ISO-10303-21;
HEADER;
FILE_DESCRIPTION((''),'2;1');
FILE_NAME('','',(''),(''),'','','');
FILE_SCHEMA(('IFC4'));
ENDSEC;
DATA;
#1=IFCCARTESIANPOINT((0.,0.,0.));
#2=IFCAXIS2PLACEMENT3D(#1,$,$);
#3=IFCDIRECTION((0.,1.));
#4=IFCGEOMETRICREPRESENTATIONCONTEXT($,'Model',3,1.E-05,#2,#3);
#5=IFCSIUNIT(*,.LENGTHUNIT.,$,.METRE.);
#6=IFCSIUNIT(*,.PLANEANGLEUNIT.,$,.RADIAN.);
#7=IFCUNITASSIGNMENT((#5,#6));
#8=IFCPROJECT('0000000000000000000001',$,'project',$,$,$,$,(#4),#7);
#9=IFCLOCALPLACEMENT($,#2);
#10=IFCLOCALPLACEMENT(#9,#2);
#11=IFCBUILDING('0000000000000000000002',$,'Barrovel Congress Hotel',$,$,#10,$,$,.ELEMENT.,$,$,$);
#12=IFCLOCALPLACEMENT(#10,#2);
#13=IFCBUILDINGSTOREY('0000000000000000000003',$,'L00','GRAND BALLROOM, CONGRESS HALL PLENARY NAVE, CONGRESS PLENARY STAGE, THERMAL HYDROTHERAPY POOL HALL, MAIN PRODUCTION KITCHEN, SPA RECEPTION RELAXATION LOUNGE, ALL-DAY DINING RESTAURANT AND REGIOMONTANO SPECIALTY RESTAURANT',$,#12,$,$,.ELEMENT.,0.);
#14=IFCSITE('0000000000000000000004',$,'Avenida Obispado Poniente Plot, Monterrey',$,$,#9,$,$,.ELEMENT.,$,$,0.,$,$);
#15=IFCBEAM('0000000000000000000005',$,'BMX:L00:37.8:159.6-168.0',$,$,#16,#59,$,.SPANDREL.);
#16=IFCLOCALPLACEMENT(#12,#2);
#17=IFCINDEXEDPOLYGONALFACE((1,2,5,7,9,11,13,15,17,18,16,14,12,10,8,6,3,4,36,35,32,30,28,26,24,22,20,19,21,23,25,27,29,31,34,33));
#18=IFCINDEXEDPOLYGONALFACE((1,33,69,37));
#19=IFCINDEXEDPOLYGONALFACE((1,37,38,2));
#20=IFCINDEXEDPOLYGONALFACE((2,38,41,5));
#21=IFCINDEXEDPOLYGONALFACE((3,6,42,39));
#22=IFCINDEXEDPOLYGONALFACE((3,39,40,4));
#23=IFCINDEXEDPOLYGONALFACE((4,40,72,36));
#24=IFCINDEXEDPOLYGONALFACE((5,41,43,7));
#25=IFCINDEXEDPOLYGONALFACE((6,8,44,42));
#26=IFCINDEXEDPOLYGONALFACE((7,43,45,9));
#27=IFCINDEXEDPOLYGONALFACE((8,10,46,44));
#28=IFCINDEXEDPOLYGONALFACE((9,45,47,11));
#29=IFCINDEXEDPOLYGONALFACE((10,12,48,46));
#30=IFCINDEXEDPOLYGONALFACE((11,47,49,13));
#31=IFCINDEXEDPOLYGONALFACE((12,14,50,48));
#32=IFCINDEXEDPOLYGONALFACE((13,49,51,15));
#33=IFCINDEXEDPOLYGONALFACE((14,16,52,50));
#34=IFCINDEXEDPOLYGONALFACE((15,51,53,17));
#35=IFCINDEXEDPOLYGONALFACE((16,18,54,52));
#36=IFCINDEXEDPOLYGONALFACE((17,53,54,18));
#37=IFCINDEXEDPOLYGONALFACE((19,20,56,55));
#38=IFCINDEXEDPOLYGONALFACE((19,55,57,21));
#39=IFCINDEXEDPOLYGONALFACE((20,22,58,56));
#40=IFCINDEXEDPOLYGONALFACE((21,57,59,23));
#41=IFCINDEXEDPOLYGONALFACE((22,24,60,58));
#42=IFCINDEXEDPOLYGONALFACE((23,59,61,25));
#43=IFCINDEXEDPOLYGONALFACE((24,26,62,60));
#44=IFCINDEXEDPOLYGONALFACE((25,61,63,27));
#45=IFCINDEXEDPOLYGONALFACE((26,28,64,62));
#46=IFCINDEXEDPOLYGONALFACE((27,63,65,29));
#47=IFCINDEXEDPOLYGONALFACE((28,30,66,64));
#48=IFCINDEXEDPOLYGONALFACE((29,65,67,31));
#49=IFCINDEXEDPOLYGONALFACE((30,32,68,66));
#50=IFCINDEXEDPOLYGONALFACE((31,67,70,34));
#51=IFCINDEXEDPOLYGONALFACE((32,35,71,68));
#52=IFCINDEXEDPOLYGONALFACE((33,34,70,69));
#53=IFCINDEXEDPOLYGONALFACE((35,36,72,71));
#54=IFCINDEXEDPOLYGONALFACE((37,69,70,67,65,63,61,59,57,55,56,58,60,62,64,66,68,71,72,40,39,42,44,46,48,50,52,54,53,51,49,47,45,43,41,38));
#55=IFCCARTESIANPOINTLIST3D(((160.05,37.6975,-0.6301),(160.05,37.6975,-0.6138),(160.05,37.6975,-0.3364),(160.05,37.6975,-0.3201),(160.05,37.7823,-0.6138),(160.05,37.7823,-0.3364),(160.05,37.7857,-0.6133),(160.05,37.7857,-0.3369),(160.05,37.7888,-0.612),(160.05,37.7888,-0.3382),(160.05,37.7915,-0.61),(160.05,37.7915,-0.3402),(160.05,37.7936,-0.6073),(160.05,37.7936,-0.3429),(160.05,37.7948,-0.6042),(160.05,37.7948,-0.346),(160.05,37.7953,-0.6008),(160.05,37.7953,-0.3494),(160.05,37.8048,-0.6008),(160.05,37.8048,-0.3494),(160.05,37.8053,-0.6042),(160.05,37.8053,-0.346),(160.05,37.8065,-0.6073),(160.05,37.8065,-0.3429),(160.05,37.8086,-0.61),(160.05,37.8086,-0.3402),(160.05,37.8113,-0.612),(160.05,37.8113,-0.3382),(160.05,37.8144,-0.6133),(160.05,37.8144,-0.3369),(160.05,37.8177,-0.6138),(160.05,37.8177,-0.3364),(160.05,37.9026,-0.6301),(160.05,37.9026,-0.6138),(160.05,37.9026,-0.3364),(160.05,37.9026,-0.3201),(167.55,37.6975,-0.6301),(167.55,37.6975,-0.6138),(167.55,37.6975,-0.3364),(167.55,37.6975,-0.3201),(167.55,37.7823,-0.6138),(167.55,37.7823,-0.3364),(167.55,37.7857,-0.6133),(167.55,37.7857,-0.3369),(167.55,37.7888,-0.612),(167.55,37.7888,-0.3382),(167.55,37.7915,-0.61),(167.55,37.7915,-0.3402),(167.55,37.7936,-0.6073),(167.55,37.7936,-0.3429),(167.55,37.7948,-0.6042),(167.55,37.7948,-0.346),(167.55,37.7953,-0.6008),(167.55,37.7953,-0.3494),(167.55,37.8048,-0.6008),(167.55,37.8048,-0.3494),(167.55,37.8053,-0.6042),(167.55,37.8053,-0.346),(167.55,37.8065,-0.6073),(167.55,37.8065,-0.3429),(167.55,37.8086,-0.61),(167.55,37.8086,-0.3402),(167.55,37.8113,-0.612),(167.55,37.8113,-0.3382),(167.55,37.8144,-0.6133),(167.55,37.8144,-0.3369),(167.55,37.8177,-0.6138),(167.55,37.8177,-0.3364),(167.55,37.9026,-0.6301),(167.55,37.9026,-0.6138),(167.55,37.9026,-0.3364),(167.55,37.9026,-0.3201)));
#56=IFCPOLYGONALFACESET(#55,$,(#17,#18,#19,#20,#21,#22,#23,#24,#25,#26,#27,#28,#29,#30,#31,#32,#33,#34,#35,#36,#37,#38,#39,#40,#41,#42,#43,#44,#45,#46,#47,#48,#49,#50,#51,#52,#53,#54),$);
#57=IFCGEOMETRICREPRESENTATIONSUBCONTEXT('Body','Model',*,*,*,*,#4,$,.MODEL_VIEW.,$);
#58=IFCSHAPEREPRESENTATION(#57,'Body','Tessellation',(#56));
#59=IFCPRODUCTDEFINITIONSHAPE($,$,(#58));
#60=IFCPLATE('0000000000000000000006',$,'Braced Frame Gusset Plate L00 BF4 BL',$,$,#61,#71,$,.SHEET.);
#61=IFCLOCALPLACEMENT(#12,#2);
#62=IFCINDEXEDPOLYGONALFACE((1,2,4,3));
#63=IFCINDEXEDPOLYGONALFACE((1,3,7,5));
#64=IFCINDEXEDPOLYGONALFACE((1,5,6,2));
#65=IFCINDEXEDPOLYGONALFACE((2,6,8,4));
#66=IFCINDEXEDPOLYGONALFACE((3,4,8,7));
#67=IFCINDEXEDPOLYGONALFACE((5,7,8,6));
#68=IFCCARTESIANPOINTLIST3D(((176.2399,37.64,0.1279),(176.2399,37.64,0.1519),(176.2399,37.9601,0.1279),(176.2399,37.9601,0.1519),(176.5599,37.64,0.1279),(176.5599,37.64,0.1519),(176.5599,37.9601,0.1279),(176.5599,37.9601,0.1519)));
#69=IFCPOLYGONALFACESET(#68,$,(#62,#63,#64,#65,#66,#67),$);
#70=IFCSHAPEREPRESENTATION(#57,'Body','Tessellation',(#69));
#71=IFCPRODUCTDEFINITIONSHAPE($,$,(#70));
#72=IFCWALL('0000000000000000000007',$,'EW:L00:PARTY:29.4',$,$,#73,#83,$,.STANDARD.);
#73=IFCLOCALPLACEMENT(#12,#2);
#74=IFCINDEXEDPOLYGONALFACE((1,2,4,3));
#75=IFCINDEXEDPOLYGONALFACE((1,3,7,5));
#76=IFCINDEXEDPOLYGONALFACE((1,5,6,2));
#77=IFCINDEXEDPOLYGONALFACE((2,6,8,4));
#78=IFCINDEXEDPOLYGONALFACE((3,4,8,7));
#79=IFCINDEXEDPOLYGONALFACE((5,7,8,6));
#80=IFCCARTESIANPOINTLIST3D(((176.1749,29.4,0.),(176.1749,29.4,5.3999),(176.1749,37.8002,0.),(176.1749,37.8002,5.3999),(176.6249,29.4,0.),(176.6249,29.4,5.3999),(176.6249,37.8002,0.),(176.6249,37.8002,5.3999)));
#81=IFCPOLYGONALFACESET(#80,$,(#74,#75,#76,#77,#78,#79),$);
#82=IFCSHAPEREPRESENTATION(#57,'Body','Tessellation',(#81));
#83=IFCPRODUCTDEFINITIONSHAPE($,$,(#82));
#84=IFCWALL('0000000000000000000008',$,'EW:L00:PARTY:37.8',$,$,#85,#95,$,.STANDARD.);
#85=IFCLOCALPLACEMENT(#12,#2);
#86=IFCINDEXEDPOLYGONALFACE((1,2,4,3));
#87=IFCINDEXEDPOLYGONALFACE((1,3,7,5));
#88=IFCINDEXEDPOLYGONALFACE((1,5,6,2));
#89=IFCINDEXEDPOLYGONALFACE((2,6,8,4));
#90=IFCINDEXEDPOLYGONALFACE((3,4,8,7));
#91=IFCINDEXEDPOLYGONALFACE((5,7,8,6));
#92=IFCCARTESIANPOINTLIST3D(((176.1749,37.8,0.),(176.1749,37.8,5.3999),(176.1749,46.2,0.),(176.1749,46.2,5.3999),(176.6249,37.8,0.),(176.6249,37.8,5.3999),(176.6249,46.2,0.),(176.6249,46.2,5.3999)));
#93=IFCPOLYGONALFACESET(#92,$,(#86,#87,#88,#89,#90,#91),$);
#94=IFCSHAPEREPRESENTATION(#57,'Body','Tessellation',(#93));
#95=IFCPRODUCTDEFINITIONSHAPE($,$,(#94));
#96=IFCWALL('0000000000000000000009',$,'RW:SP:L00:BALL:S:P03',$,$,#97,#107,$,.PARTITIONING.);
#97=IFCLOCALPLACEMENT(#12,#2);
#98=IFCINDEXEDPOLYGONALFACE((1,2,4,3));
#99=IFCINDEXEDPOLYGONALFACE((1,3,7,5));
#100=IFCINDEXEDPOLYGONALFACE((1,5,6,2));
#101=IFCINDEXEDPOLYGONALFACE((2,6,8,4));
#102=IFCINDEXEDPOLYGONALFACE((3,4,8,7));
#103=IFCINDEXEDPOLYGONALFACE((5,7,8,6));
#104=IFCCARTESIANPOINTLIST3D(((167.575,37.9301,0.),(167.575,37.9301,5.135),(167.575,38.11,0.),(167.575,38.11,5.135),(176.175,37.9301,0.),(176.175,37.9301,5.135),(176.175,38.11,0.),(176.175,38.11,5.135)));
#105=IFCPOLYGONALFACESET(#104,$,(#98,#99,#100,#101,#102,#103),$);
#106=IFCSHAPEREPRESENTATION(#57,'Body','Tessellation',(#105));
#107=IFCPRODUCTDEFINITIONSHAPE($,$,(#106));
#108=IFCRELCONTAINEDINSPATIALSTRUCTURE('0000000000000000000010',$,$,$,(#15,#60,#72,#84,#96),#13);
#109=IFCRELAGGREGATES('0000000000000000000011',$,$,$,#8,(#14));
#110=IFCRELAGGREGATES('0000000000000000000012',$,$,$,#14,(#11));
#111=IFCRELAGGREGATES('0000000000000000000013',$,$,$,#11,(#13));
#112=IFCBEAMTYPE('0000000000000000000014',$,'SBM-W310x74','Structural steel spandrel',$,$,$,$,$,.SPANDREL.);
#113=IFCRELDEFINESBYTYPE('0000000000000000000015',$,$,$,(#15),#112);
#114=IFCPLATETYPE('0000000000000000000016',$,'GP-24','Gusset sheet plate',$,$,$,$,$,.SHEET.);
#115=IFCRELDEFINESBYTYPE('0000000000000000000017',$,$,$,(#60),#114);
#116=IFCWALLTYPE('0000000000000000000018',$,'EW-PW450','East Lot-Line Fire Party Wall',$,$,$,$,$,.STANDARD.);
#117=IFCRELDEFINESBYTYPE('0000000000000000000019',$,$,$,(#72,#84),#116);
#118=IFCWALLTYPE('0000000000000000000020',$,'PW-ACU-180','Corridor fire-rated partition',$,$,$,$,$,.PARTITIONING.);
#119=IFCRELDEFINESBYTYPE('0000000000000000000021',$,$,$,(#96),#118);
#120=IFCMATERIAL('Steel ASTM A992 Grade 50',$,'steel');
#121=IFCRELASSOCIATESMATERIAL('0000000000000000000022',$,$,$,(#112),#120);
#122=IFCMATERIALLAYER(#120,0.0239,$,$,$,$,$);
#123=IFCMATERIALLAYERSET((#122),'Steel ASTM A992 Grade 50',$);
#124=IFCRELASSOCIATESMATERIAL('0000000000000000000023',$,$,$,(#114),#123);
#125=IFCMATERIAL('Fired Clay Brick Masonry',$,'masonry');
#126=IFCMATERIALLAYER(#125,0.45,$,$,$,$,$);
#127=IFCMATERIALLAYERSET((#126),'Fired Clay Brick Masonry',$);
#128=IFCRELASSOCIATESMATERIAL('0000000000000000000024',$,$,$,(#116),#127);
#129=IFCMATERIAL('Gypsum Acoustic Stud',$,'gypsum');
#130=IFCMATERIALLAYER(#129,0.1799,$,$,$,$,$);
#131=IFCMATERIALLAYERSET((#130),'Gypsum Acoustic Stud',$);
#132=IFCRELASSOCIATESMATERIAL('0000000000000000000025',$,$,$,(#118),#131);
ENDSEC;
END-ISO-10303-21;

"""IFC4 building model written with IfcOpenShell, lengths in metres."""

from ifc_helpers import new_model, si_unit, direction, frame, frame_2d, origin, origin_2d, place, context, subcontext, project, spatial, rectangle, i_section, extrude, material, layer, layer_set, material_profile, profile_set, type_object, element, save


model = new_model("IFC4")

# Units and contexts
model_context = context("Model", 3, precision=1e-05, world=origin(), true_north=direction((0.0, 1.0)))
body_context = subcontext(model_context, "Body", "Model", "MODEL_VIEW")
ifc_project = project(units=[si_unit("LENGTHUNIT", "METRE"), si_unit("PLANEANGLEUNIT", "RADIAN")], contexts=[model_context])

# Site, building, storey
site_placement = place(None, origin())
site = spatial("IfcSite", under=ifc_project, at=site_placement, Name="Avenida Obispado Poniente Plot, Monterrey", CompositionType="ELEMENT", RefElevation=0.0)
building_placement = place(site_placement, origin())
building = spatial("IfcBuilding", under=site, at=building_placement, Name="Barrovel Congress Hotel", CompositionType="ELEMENT")
storey_placement = place(building_placement, origin())
storey = spatial("IfcBuildingStorey", under=building, at=storey_placement, Name="L00", Description="GRAND BALLROOM, CONGRESS HALL PLENARY NAVE, CONGRESS PLENARY STAGE, THERMAL HYDROTHERAPY POOL HALL, MAIN PRODUCTION KITCHEN, SPA RECEPTION RELAXATION LOUNGE, ALL-DAY DINING RESTAURANT AND REGIOMONTANO SPECIALTY RESTAURANT", CompositionType="ELEMENT", Elevation=0.0)

# Beam
ifc_material_1 = material(Name="Steel ASTM A992 Grade 50", Category="steel")
ifc_material_profile_1 = material_profile(ifc_material_1, i_section(OverallWidth=0.2051, OverallDepth=0.3101, WebThickness=0.0095, FlangeThickness=0.0164, FilletRadius=0.0129, at=origin_2d()), Name="W310x74")
ifc_profile_set_1 = profile_set([ifc_material_profile_1], Name="Steel ASTM A992 Grade 50")
beam_type_1 = type_object("IfcBeamType", Name="SBM-W310x74", Description="Structural steel spandrel", PredefinedType="SPANDREL", material=ifc_profile_set_1)
beam_1_placement = place(storey_placement, frame((160.05, 37.8, -0.4751), z_axis=(1.0, 0.0, 0.0), x_axis=(0.0, 1.0, 0.0)))
element("IfcBeam", 1, at=beam_1_placement, inside=storey, type_object=beam_type_1, Name="BMX:L00:37.8:159.6-168.0", PredefinedType="SPANDREL", context=body_context, shape_type="SweptSolid", body=[
    extrude(i_section(OverallWidth=0.2051, OverallDepth=0.3101, WebThickness=0.0095, FlangeThickness=0.0164, FilletRadius=0.0129, at=origin_2d()), origin(), (0.0, 0.0, 1.0), 7.5),
])

# Plate
ifc_layer_1 = layer(ifc_material_1, 0.0239)
ifc_layer_set_1 = layer_set([ifc_layer_1], Name="Steel ASTM A992 Grade 50")
plate_type = type_object("IfcPlateType", Name="GP-24", Description="Gusset sheet plate", PredefinedType="SHEET", material=ifc_layer_set_1)
plate_placement = place(storey_placement, frame((176.3999, 37.8, 0.1279), z_axis=(0.0, 0.0, 1.0), x_axis=(1.0, 0.0, 0.0)))
element("IfcPlate", 2, at=plate_placement, inside=storey, type_object=plate_type, Name="Braced Frame Gusset Plate L00 BF4 BL", PredefinedType="SHEET", context=body_context, shape_type="SweptSolid", body=[
    extrude(rectangle(XDim=0.3201, YDim=0.3201, at=origin_2d()), origin(), (0.0, 0.0, 1.0), 0.0239),
])

# Walls
ifc_material_2 = material(Name="Fired Clay Brick Masonry", Category="masonry")
ifc_layer_2 = layer(ifc_material_2, 0.45)
ifc_layer_set_2 = layer_set([ifc_layer_2], Name="Fired Clay Brick Masonry")
wall_type_1 = type_object("IfcWallType", Name="EW-PW450", Description="East Lot-Line Fire Party Wall", PredefinedType="STANDARD", material=ifc_layer_set_2)
wall_1_placement = place(storey_placement, frame((176.3999, 29.3999, 0.0), z_axis=(0.0, 0.0, 1.0), x_axis=(0.0, 1.0, 0.0)))
element("IfcWall", 3, at=wall_1_placement, inside=storey, type_object=wall_type_1, Name="EW:L00:PARTY:29.4", PredefinedType="STANDARD", context=body_context, shape_type="SweptSolid", body=[
    extrude(rectangle(XDim=8.4001, YDim=0.45, at=frame_2d((4.2002, 0.0))), origin(), (0.0, 0.0, 1.0), 5.3999),
])
wall_2_placement = place(storey_placement, frame((176.3999, 37.8, 0.0), z_axis=(0.0, 0.0, 1.0), x_axis=(0.0, 1.0, 0.0)))
element("IfcWall", 4, at=wall_2_placement, inside=storey, type_object=wall_type_1, Name="EW:L00:PARTY:37.8", PredefinedType="STANDARD", context=body_context, shape_type="SweptSolid", body=[
    extrude(rectangle(XDim=8.3999, YDim=0.45, at=frame_2d((4.2, 0.0))), origin(), (0.0, 0.0, 1.0), 5.3999),
])
ifc_material_3 = material(Name="Gypsum Acoustic Stud", Category="gypsum")
ifc_layer_3 = layer(ifc_material_3, 0.1799)
ifc_layer_set_3 = layer_set([ifc_layer_3], Name="Gypsum Acoustic Stud")
wall_type_2 = type_object("IfcWallType", Name="PW-ACU-180", Description="Corridor fire-rated partition", PredefinedType="PARTITIONING", material=ifc_layer_set_3)
wall_3_placement = place(storey_placement, frame((167.575, 38.02, 0.0), z_axis=(0.0, 0.0, 1.0), x_axis=(1.0, 0.0, 0.0)))
element("IfcWall", 5, at=wall_3_placement, inside=storey, type_object=wall_type_2, Name="RW:SP:L00:BALL:S:P03", PredefinedType="PARTITIONING", context=body_context, shape_type="SweptSolid", body=[
    extrude(rectangle(XDim=8.6001, YDim=0.1799, at=frame_2d((4.3, 0.0))), origin(), (0.0, 0.0, 1.0), 5.135),
])

save(model, "model.ifc")
